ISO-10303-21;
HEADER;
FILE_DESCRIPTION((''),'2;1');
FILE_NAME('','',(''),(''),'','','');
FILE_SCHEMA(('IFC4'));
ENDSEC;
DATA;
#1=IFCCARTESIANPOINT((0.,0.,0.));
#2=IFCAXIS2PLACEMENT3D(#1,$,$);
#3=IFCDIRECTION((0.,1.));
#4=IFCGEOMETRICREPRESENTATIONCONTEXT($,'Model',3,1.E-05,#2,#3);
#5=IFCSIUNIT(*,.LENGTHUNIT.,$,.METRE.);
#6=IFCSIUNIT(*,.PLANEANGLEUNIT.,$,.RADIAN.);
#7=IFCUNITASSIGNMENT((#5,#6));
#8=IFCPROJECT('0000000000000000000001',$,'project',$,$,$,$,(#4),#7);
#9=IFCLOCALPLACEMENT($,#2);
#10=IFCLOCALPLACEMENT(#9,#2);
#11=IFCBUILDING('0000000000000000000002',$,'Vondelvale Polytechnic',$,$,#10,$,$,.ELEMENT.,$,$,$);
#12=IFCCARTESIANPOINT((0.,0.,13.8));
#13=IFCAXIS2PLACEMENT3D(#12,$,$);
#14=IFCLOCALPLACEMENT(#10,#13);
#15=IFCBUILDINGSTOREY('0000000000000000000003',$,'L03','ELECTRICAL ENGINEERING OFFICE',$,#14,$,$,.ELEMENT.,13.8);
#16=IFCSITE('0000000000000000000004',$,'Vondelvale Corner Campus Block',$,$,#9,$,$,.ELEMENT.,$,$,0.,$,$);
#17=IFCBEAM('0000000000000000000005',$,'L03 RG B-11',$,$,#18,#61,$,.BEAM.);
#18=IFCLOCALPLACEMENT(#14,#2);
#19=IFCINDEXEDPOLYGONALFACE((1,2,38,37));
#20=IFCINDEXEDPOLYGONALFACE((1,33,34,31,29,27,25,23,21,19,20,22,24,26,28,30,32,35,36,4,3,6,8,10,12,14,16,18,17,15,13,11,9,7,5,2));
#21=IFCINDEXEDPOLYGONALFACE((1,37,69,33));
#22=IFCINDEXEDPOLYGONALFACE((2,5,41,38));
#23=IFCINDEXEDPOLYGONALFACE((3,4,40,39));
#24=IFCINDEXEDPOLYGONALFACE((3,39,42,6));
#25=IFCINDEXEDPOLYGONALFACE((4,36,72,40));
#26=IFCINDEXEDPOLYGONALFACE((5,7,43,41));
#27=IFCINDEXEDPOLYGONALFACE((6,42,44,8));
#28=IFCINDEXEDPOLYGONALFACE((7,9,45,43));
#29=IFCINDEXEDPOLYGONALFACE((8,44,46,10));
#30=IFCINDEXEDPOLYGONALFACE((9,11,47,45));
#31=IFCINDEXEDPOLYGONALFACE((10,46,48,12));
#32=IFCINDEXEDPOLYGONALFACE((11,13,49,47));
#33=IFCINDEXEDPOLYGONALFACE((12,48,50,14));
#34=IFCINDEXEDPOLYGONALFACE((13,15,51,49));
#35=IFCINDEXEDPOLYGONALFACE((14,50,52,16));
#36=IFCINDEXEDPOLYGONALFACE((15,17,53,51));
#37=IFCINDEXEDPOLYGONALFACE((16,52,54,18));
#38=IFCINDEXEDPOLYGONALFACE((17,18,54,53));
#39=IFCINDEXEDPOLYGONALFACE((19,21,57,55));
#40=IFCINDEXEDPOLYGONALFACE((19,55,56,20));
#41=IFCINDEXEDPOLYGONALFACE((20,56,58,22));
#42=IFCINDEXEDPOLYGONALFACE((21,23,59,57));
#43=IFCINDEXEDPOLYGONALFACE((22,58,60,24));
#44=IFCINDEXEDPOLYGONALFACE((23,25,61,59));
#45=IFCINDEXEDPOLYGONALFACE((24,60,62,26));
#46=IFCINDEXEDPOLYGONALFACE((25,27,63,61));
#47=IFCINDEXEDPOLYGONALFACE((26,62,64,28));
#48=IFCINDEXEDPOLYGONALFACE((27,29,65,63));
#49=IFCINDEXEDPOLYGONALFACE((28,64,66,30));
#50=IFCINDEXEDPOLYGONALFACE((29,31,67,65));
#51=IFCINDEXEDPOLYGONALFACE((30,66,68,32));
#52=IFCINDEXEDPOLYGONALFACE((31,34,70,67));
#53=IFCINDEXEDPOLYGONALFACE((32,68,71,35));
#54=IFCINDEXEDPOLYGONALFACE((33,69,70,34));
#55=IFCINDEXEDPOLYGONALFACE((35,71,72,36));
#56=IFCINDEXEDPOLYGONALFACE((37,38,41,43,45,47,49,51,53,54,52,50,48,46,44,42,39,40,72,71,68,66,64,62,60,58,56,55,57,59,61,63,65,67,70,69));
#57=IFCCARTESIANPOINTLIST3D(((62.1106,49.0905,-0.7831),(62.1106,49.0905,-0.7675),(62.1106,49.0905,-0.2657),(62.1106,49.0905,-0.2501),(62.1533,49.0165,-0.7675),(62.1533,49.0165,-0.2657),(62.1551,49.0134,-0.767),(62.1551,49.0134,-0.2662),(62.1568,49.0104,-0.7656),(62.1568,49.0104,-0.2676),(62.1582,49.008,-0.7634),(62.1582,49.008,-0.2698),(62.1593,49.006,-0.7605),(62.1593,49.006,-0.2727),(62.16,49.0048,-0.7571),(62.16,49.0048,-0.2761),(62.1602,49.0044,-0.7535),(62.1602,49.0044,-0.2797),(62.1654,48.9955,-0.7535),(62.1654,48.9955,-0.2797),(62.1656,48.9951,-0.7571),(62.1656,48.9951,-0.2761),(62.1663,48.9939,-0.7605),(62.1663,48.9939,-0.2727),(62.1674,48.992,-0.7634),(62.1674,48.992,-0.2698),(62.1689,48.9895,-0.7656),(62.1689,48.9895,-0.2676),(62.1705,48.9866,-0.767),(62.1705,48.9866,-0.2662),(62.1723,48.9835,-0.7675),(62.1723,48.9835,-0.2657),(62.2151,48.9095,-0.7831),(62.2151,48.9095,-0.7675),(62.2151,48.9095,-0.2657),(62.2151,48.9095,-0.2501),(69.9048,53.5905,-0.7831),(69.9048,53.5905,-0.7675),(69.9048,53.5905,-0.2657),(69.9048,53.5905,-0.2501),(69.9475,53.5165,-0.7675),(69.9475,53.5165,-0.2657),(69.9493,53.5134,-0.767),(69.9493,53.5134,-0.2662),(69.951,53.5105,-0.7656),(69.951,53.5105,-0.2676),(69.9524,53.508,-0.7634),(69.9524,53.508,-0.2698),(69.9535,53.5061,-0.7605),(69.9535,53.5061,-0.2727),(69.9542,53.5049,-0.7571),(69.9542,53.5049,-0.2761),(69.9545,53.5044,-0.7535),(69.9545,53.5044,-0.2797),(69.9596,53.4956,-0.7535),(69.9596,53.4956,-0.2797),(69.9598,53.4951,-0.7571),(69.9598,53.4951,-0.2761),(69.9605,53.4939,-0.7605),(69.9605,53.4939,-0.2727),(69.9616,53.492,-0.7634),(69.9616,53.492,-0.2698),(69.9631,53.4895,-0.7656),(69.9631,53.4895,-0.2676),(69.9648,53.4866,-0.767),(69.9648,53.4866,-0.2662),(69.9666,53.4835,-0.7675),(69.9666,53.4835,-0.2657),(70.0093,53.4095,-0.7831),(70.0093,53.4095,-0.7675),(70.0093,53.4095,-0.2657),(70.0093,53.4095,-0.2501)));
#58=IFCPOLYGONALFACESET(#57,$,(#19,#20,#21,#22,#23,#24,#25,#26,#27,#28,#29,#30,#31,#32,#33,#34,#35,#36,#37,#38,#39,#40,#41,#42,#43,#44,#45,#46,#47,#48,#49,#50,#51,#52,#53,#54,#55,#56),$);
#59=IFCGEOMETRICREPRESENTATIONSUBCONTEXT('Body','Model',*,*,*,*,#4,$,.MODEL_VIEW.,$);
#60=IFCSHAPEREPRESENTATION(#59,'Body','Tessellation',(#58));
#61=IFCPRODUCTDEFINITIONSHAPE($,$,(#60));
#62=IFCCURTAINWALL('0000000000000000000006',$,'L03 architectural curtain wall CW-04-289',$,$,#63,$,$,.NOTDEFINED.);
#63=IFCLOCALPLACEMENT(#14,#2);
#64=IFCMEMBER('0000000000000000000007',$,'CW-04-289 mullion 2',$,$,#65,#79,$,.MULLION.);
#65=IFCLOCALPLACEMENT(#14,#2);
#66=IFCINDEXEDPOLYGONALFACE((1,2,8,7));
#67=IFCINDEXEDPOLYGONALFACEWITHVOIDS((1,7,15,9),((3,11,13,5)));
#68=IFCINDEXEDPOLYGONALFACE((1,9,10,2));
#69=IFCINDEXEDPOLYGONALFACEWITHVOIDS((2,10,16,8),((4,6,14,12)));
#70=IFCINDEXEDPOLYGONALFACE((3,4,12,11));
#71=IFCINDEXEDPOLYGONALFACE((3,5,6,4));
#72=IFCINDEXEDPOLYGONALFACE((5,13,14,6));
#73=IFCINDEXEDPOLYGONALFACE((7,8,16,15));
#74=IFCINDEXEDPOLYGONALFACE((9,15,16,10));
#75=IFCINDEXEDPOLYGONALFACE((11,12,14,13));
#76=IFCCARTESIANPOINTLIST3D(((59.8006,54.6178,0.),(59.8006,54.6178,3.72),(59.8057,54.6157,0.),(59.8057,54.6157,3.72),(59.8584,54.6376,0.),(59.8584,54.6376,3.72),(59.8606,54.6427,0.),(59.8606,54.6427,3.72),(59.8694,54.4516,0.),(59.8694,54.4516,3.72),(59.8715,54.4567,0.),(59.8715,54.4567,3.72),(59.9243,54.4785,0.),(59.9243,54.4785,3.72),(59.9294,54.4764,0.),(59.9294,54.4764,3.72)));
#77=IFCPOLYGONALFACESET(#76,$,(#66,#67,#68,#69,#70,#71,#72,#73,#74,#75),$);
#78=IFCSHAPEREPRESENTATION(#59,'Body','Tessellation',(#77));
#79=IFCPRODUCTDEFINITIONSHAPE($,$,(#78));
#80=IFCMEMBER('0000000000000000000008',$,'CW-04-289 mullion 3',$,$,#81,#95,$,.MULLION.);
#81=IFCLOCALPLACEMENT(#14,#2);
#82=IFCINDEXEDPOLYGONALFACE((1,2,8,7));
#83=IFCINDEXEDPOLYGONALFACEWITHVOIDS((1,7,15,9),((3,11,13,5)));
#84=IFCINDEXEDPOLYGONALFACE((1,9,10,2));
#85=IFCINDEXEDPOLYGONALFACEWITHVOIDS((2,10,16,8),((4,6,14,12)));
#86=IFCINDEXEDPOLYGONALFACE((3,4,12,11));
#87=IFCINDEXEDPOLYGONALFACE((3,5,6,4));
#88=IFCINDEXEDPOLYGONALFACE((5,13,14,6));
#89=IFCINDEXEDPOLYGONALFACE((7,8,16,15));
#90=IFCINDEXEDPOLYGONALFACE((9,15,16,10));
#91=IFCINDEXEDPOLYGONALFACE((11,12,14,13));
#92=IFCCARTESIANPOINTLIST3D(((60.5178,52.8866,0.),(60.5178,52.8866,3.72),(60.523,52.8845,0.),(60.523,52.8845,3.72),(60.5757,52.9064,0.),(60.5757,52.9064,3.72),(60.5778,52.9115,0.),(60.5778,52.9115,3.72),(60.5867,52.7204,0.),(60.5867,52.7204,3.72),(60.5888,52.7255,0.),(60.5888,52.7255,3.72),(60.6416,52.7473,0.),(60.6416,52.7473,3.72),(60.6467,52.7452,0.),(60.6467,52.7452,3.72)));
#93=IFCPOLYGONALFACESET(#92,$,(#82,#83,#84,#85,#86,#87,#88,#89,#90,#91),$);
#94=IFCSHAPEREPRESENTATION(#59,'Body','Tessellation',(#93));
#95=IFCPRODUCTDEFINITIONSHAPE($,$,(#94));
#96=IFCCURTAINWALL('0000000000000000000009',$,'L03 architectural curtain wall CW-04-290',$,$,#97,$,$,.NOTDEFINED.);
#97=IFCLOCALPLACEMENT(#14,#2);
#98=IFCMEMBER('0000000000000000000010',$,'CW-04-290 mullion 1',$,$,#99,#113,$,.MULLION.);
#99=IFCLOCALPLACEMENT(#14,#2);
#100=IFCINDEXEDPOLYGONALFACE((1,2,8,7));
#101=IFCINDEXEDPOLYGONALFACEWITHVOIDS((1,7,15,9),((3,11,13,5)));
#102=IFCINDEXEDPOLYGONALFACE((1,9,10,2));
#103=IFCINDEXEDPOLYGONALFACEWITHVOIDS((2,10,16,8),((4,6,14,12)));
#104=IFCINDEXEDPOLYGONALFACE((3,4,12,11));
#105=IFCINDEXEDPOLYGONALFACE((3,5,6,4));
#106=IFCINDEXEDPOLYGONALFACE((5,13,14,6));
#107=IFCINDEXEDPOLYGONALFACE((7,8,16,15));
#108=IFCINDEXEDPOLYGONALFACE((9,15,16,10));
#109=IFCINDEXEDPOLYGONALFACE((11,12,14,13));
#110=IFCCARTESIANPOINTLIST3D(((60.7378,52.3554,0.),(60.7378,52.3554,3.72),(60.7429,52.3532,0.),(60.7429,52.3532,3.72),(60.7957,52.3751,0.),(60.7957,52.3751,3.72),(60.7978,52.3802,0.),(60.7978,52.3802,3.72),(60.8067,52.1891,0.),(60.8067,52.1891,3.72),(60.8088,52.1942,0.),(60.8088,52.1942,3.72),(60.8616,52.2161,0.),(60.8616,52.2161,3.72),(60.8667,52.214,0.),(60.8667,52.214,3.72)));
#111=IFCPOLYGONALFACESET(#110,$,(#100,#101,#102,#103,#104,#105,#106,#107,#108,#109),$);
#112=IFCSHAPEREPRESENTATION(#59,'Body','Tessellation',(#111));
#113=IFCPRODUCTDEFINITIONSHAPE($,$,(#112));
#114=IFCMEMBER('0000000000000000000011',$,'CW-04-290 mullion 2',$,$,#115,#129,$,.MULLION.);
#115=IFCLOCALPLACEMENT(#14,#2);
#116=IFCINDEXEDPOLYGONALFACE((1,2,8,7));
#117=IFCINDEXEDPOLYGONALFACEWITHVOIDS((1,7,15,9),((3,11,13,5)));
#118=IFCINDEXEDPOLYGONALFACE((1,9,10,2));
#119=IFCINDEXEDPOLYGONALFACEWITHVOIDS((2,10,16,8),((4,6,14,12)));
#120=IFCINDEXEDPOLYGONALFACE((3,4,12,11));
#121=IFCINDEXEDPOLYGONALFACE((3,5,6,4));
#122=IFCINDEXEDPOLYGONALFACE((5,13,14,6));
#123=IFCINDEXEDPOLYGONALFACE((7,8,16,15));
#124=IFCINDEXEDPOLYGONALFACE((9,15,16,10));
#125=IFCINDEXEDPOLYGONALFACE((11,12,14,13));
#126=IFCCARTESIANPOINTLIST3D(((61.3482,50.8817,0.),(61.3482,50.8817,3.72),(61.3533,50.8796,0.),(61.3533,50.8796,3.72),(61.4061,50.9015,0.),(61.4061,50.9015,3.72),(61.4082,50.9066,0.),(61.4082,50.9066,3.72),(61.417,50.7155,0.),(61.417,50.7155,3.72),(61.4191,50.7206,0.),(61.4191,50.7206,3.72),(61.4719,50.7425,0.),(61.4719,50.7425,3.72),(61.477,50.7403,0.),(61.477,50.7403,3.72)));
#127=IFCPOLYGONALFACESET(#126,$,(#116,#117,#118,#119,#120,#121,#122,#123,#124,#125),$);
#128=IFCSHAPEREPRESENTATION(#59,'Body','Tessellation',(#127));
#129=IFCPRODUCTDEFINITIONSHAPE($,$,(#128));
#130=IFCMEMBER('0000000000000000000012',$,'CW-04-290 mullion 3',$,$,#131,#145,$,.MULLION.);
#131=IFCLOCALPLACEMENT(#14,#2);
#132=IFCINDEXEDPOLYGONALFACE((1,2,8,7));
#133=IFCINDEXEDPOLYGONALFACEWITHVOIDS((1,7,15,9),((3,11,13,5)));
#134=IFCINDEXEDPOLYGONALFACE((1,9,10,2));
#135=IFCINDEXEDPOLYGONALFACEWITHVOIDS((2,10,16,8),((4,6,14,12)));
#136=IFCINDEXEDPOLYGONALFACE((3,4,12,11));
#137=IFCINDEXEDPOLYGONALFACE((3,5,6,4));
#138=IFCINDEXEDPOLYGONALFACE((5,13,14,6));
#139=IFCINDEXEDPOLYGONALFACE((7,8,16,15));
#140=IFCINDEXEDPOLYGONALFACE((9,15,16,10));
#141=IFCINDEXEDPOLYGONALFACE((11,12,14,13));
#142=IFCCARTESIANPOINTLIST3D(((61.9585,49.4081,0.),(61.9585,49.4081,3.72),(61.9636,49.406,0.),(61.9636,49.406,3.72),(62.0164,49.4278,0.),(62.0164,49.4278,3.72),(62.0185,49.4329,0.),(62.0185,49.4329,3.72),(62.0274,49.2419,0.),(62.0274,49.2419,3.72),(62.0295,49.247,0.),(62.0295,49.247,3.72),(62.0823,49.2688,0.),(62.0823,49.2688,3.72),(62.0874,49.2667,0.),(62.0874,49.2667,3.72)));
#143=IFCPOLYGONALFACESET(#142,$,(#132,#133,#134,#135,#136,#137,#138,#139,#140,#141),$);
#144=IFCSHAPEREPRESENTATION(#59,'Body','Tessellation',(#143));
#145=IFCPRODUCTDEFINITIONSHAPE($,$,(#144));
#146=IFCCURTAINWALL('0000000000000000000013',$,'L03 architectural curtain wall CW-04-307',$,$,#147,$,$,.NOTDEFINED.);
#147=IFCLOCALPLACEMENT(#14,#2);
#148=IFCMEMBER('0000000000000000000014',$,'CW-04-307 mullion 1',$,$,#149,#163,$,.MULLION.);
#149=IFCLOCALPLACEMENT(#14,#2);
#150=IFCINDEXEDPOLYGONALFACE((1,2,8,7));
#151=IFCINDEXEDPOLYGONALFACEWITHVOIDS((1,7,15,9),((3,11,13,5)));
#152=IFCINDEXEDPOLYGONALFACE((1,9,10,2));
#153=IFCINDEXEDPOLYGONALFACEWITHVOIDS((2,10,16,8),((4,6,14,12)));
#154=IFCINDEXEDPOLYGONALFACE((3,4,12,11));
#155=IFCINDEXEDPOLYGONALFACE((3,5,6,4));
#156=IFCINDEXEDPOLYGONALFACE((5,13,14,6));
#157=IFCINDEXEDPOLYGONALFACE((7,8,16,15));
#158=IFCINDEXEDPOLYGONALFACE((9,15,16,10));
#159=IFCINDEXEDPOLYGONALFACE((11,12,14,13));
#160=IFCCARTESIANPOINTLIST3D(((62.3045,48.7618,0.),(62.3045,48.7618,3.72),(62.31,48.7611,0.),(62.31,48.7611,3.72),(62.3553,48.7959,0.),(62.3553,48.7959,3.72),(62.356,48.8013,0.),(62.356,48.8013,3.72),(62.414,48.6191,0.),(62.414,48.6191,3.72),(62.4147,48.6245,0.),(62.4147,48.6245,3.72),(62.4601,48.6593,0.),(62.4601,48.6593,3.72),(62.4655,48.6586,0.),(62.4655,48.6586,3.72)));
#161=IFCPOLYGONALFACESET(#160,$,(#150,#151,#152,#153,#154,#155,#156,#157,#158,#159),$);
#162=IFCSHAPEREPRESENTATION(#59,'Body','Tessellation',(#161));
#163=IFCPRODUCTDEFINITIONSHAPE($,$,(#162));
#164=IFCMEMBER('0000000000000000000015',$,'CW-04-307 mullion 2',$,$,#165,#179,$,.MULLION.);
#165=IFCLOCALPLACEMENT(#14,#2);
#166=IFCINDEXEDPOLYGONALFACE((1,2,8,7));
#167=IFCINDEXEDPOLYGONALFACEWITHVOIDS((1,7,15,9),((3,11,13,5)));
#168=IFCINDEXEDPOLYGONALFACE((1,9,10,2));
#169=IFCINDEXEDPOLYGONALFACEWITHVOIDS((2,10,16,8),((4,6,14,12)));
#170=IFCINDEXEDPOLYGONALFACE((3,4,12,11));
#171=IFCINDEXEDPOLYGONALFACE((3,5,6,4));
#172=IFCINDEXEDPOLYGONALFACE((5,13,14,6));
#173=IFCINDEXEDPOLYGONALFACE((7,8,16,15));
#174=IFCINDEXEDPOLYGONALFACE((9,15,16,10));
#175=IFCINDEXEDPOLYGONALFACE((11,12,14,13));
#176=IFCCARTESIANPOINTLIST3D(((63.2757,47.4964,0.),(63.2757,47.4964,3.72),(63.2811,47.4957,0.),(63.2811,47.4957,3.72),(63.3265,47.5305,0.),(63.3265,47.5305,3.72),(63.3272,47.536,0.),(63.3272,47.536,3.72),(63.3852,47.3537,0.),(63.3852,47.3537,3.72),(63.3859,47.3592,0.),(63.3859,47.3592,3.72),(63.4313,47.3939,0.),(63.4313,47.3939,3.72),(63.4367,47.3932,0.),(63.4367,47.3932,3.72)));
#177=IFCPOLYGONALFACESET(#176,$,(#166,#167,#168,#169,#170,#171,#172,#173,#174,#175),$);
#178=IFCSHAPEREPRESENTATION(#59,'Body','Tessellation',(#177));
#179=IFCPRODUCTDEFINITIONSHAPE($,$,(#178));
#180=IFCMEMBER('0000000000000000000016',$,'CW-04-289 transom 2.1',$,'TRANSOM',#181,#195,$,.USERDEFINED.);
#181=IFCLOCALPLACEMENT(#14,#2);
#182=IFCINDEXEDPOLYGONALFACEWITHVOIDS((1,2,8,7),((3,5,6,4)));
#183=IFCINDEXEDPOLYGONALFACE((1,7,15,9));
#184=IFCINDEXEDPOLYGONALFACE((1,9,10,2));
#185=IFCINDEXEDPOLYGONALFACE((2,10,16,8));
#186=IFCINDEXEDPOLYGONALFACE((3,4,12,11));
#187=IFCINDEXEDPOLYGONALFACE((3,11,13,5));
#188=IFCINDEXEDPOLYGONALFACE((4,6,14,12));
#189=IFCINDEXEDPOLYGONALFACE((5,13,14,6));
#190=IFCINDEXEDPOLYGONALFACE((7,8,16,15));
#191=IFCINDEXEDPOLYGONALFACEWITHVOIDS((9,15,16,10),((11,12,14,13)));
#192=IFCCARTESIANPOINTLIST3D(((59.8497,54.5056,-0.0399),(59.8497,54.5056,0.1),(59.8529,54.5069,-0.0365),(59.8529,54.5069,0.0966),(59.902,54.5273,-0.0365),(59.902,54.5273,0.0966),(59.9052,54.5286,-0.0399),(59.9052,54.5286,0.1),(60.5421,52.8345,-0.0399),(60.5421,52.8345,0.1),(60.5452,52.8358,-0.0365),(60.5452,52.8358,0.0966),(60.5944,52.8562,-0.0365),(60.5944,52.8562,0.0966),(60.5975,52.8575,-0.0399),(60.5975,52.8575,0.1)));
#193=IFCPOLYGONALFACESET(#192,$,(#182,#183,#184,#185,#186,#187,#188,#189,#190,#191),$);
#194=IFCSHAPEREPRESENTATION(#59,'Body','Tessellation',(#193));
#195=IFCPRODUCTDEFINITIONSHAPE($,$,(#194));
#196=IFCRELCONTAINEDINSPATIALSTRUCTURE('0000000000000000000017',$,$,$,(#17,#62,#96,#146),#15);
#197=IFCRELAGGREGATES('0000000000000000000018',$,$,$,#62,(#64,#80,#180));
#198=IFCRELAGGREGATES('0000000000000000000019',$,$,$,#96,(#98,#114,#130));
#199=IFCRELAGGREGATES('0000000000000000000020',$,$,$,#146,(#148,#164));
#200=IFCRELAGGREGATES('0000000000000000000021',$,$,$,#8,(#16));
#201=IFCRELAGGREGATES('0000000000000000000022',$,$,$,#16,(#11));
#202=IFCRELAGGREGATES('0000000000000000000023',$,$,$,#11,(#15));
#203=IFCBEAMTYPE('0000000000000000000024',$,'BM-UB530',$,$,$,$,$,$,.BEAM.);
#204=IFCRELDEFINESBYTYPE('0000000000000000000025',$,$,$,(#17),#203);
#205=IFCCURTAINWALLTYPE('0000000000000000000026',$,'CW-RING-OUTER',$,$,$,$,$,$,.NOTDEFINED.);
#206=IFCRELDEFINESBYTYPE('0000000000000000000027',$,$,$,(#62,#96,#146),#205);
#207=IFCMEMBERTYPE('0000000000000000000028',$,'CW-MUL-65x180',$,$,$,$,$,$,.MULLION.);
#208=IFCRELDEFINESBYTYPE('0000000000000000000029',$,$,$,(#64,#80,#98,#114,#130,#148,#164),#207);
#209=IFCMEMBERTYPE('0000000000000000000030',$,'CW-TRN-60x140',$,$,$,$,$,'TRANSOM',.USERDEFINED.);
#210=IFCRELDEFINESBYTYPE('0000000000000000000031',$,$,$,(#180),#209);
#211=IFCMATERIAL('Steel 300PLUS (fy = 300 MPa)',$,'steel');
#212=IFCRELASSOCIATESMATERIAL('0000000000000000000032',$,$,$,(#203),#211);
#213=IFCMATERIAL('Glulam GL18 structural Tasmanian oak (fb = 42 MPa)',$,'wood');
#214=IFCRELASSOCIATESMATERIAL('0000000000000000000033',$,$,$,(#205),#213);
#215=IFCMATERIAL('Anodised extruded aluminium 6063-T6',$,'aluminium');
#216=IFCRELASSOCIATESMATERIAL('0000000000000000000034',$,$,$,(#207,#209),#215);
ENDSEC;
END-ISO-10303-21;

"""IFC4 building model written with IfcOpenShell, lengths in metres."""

from ifc_helpers import new_model, si_unit, direction, frame, origin, origin_2d, place, context, subcontext, project, spatial, hollow_rectangle, i_section, extrude, material, material_profile, profile_set, type_object, element, aggregate, save


model = new_model("IFC4")

# Units and contexts
model_context = context("Model", 3, precision=1e-05, world=origin(), true_north=direction((0.0, 1.0)))
body_context = subcontext(model_context, "Body", "Model", "MODEL_VIEW")
ifc_project = project(units=[si_unit("LENGTHUNIT", "METRE"), si_unit("PLANEANGLEUNIT", "RADIAN")], contexts=[model_context])

# Site, building, storey
site_placement = place(None, origin())
site = spatial("IfcSite", under=ifc_project, at=site_placement, Name="Vondelvale Corner Campus Block", CompositionType="ELEMENT", RefElevation=0.0)
building_placement = place(site_placement, origin())
building = spatial("IfcBuilding", under=site, at=building_placement, Name="Vondelvale Polytechnic", CompositionType="ELEMENT")
storey_placement = place(building_placement, frame((0.0, 0.0, 13.8)))
storey = spatial("IfcBuildingStorey", under=building, at=storey_placement, Name="L03", Description="ELECTRICAL ENGINEERING OFFICE", CompositionType="ELEMENT", Elevation=13.8)

# Shared definitions
ifc_material_1 = material(Name="Glulam GL18 structural Tasmanian oak (fb = 42 MPa)", Category="wood")
ifc_material_2 = material(Name="Steel 300PLUS (fy = 300 MPa)", Category="steel")

# Beam
ifc_material_profile_1 = material_profile(ifc_material_2, i_section(OverallWidth=0.209, OverallDepth=0.533, WebThickness=0.0103, FlangeThickness=0.0156, FilletRadius=0.0139, at=origin_2d()), Name="530UB92.4")
ifc_profile_set_1 = profile_set([ifc_material_profile_1], Name="Steel 300PLUS (fy = 300 MPa)")
beam_type_1 = type_object("IfcBeamType", Name="BM-UB530", PredefinedType="BEAM", material=ifc_profile_set_1)
beam_1_placement = place(storey_placement, frame((69.957, 53.5, -0.5166), z_axis=(-0.866024, -0.500002, 0.0), x_axis=(0.500002, -0.866024, 0.0)))
element("IfcBeam", 1, at=beam_1_placement, inside=storey, type_object=beam_type_1, Name="L03 RG B-11", PredefinedType="BEAM", context=body_context, shape_type="SweptSolid", body=[
    extrude(i_section(OverallWidth=0.209, OverallDepth=0.533, WebThickness=0.0103, FlangeThickness=0.0156, FilletRadius=0.0139, at=origin_2d()), origin(), (0.0, 0.0, 1.0), 9.0),
])

# Curtain walls, members
curtain_wall_type = type_object("IfcCurtainWallType", Name="CW-RING-OUTER", PredefinedType="NOTDEFINED", material=ifc_material_1)
curtain_wall_1_placement = place(storey_placement, origin())
curtain_wall_1 = element("IfcCurtainWall", 2, at=curtain_wall_1_placement, inside=storey, type_object=curtain_wall_type, Name="L03 architectural curtain wall CW-04-289", PredefinedType="NOTDEFINED")
ifc_material_3 = material(Name="Anodised extruded aluminium 6063-T6", Category="aluminium")
ifc_material_profile_2 = material_profile(ifc_material_3, hollow_rectangle(XDim=0.0649, YDim=0.1799, WallThickness=0.0039, at=origin_2d()), Name="CW-MUL-180x65")
ifc_profile_set_2 = profile_set([ifc_material_profile_2], Name="Anodised extruded aluminium 6063-T6")
member_type_1 = type_object("IfcMemberType", Name="CW-MUL-65x180", PredefinedType="MULLION", material=ifc_profile_set_2)
member_1_placement = place(storey_placement, frame((59.865, 54.5471, 0.0), z_axis=(0.0, 0.0, 1.0), x_axis=(0.923875, 0.382695, 0.0)))
member_1 = element("IfcMember", 3, at=member_1_placement, type_object=member_type_1, Name="CW-04-289 mullion 2", PredefinedType="MULLION", context=body_context, shape_type="SweptSolid", body=[
    extrude(hollow_rectangle(XDim=0.0649, YDim=0.1799, WallThickness=0.0039, at=origin_2d()), origin(), (0.0, 0.0, 1.0), 3.72),
])
member_2_placement = place(storey_placement, frame((60.5823, 52.8159, 0.0), z_axis=(0.0, 0.0, 1.0), x_axis=(0.923875, 0.382695, 0.0)))
member_2 = element("IfcMember", 4, at=member_2_placement, type_object=member_type_1, Name="CW-04-289 mullion 3", PredefinedType="MULLION", context=body_context, shape_type="SweptSolid", body=[
    extrude(hollow_rectangle(XDim=0.0649, YDim=0.1799, WallThickness=0.0039, at=origin_2d()), origin(), (0.0, 0.0, 1.0), 3.72),
])
curtain_wall_2_placement = place(storey_placement, origin())
curtain_wall_2 = element("IfcCurtainWall", 5, at=curtain_wall_2_placement, inside=storey, type_object=curtain_wall_type, Name="L03 architectural curtain wall CW-04-290", PredefinedType="NOTDEFINED")
member_3_placement = place(storey_placement, frame((60.8022, 52.2847, 0.0), z_axis=(0.0, 0.0, 1.0), x_axis=(0.923882, 0.382677, 0.0)))
member_3 = element("IfcMember", 6, at=member_3_placement, type_object=member_type_1, Name="CW-04-290 mullion 1", PredefinedType="MULLION", context=body_context, shape_type="SweptSolid", body=[
    extrude(hollow_rectangle(XDim=0.0649, YDim=0.1799, WallThickness=0.0039, at=origin_2d()), origin(), (0.0, 0.0, 1.0), 3.72),
])
member_4_placement = place(storey_placement, frame((61.4126, 50.811, 0.0), z_axis=(0.0, 0.0, 1.0), x_axis=(0.923882, 0.382677, 0.0)))
member_4 = element("IfcMember", 7, at=member_4_placement, type_object=member_type_1, Name="CW-04-290 mullion 2", PredefinedType="MULLION", context=body_context, shape_type="SweptSolid", body=[
    extrude(hollow_rectangle(XDim=0.0649, YDim=0.1799, WallThickness=0.0039, at=origin_2d()), origin(), (0.0, 0.0, 1.0), 3.72),
])
member_5_placement = place(storey_placement, frame((62.0229, 49.3374, 0.0), z_axis=(0.0, 0.0, 1.0), x_axis=(0.923882, 0.382677, 0.0)))
member_5 = element("IfcMember", 8, at=member_5_placement, type_object=member_type_1, Name="CW-04-290 mullion 3", PredefinedType="MULLION", context=body_context, shape_type="SweptSolid", body=[
    extrude(hollow_rectangle(XDim=0.0649, YDim=0.1799, WallThickness=0.0039, at=origin_2d()), origin(), (0.0, 0.0, 1.0), 3.72),
])
curtain_wall_3_placement = place(storey_placement, origin())
curtain_wall_3 = element("IfcCurtainWall", 9, at=curtain_wall_3_placement, inside=storey, type_object=curtain_wall_type, Name="L03 architectural curtain wall CW-04-307", PredefinedType="NOTDEFINED")
member_6_placement = place(storey_placement, frame((62.385, 48.7102, 0.0), z_axis=(0.0, 0.0, 1.0), x_axis=(0.793334, 0.608787, 0.0)))
member_6 = element("IfcMember", 10, at=member_6_placement, type_object=member_type_1, Name="CW-04-307 mullion 1", PredefinedType="MULLION", context=body_context, shape_type="SweptSolid", body=[
    extrude(hollow_rectangle(XDim=0.0649, YDim=0.1799, WallThickness=0.0039, at=origin_2d()), origin(), (0.0, 0.0, 1.0), 3.72),
])
member_7_placement = place(storey_placement, frame((63.3562, 47.4448, 0.0), z_axis=(0.0, 0.0, 1.0), x_axis=(0.793334, 0.608787, 0.0)))
member_7 = element("IfcMember", 11, at=member_7_placement, type_object=member_type_1, Name="CW-04-307 mullion 2", PredefinedType="MULLION", context=body_context, shape_type="SweptSolid", body=[
    extrude(hollow_rectangle(XDim=0.0649, YDim=0.1799, WallThickness=0.0039, at=origin_2d()), origin(), (0.0, 0.0, 1.0), 3.72),
])

# Member
ifc_material_profile_3 = material_profile(ifc_material_3, hollow_rectangle(XDim=0.0601, YDim=0.1399, WallThickness=0.0034, at=origin_2d()), Name="CW-TRN-140x60")
ifc_profile_set_3 = profile_set([ifc_material_profile_3], Name="Anodised extruded aluminium 6063-T6")
member_type_2 = type_object("IfcMemberType", Name="CW-TRN-60x140", ElementType="TRANSOM", PredefinedType="USERDEFINED", material=ifc_profile_set_3)
member_8_placement = place(storey_placement, frame((59.8774, 54.5171, 0.03), z_axis=(0.382765, -0.923846, 0.0), x_axis=(0.923846, 0.382765, 0.0)))
member_8 = element("IfcMember", 12, at=member_8_placement, type_object=member_type_2, Name="CW-04-289 transom 2.1", ObjectType="TRANSOM", PredefinedType="USERDEFINED", context=body_context, shape_type="SweptSolid", body=[
    extrude(hollow_rectangle(XDim=0.0601, YDim=0.1399, WallThickness=0.0034, at=origin_2d()), origin(), (0.0, 0.0, 1.0), 1.8088),
])

aggregate(curtain_wall_1, [member_1, member_2, member_8])
aggregate(curtain_wall_2, [member_3, member_4, member_5])
aggregate(curtain_wall_3, [member_6, member_7])

save(model, "model.ifc")
